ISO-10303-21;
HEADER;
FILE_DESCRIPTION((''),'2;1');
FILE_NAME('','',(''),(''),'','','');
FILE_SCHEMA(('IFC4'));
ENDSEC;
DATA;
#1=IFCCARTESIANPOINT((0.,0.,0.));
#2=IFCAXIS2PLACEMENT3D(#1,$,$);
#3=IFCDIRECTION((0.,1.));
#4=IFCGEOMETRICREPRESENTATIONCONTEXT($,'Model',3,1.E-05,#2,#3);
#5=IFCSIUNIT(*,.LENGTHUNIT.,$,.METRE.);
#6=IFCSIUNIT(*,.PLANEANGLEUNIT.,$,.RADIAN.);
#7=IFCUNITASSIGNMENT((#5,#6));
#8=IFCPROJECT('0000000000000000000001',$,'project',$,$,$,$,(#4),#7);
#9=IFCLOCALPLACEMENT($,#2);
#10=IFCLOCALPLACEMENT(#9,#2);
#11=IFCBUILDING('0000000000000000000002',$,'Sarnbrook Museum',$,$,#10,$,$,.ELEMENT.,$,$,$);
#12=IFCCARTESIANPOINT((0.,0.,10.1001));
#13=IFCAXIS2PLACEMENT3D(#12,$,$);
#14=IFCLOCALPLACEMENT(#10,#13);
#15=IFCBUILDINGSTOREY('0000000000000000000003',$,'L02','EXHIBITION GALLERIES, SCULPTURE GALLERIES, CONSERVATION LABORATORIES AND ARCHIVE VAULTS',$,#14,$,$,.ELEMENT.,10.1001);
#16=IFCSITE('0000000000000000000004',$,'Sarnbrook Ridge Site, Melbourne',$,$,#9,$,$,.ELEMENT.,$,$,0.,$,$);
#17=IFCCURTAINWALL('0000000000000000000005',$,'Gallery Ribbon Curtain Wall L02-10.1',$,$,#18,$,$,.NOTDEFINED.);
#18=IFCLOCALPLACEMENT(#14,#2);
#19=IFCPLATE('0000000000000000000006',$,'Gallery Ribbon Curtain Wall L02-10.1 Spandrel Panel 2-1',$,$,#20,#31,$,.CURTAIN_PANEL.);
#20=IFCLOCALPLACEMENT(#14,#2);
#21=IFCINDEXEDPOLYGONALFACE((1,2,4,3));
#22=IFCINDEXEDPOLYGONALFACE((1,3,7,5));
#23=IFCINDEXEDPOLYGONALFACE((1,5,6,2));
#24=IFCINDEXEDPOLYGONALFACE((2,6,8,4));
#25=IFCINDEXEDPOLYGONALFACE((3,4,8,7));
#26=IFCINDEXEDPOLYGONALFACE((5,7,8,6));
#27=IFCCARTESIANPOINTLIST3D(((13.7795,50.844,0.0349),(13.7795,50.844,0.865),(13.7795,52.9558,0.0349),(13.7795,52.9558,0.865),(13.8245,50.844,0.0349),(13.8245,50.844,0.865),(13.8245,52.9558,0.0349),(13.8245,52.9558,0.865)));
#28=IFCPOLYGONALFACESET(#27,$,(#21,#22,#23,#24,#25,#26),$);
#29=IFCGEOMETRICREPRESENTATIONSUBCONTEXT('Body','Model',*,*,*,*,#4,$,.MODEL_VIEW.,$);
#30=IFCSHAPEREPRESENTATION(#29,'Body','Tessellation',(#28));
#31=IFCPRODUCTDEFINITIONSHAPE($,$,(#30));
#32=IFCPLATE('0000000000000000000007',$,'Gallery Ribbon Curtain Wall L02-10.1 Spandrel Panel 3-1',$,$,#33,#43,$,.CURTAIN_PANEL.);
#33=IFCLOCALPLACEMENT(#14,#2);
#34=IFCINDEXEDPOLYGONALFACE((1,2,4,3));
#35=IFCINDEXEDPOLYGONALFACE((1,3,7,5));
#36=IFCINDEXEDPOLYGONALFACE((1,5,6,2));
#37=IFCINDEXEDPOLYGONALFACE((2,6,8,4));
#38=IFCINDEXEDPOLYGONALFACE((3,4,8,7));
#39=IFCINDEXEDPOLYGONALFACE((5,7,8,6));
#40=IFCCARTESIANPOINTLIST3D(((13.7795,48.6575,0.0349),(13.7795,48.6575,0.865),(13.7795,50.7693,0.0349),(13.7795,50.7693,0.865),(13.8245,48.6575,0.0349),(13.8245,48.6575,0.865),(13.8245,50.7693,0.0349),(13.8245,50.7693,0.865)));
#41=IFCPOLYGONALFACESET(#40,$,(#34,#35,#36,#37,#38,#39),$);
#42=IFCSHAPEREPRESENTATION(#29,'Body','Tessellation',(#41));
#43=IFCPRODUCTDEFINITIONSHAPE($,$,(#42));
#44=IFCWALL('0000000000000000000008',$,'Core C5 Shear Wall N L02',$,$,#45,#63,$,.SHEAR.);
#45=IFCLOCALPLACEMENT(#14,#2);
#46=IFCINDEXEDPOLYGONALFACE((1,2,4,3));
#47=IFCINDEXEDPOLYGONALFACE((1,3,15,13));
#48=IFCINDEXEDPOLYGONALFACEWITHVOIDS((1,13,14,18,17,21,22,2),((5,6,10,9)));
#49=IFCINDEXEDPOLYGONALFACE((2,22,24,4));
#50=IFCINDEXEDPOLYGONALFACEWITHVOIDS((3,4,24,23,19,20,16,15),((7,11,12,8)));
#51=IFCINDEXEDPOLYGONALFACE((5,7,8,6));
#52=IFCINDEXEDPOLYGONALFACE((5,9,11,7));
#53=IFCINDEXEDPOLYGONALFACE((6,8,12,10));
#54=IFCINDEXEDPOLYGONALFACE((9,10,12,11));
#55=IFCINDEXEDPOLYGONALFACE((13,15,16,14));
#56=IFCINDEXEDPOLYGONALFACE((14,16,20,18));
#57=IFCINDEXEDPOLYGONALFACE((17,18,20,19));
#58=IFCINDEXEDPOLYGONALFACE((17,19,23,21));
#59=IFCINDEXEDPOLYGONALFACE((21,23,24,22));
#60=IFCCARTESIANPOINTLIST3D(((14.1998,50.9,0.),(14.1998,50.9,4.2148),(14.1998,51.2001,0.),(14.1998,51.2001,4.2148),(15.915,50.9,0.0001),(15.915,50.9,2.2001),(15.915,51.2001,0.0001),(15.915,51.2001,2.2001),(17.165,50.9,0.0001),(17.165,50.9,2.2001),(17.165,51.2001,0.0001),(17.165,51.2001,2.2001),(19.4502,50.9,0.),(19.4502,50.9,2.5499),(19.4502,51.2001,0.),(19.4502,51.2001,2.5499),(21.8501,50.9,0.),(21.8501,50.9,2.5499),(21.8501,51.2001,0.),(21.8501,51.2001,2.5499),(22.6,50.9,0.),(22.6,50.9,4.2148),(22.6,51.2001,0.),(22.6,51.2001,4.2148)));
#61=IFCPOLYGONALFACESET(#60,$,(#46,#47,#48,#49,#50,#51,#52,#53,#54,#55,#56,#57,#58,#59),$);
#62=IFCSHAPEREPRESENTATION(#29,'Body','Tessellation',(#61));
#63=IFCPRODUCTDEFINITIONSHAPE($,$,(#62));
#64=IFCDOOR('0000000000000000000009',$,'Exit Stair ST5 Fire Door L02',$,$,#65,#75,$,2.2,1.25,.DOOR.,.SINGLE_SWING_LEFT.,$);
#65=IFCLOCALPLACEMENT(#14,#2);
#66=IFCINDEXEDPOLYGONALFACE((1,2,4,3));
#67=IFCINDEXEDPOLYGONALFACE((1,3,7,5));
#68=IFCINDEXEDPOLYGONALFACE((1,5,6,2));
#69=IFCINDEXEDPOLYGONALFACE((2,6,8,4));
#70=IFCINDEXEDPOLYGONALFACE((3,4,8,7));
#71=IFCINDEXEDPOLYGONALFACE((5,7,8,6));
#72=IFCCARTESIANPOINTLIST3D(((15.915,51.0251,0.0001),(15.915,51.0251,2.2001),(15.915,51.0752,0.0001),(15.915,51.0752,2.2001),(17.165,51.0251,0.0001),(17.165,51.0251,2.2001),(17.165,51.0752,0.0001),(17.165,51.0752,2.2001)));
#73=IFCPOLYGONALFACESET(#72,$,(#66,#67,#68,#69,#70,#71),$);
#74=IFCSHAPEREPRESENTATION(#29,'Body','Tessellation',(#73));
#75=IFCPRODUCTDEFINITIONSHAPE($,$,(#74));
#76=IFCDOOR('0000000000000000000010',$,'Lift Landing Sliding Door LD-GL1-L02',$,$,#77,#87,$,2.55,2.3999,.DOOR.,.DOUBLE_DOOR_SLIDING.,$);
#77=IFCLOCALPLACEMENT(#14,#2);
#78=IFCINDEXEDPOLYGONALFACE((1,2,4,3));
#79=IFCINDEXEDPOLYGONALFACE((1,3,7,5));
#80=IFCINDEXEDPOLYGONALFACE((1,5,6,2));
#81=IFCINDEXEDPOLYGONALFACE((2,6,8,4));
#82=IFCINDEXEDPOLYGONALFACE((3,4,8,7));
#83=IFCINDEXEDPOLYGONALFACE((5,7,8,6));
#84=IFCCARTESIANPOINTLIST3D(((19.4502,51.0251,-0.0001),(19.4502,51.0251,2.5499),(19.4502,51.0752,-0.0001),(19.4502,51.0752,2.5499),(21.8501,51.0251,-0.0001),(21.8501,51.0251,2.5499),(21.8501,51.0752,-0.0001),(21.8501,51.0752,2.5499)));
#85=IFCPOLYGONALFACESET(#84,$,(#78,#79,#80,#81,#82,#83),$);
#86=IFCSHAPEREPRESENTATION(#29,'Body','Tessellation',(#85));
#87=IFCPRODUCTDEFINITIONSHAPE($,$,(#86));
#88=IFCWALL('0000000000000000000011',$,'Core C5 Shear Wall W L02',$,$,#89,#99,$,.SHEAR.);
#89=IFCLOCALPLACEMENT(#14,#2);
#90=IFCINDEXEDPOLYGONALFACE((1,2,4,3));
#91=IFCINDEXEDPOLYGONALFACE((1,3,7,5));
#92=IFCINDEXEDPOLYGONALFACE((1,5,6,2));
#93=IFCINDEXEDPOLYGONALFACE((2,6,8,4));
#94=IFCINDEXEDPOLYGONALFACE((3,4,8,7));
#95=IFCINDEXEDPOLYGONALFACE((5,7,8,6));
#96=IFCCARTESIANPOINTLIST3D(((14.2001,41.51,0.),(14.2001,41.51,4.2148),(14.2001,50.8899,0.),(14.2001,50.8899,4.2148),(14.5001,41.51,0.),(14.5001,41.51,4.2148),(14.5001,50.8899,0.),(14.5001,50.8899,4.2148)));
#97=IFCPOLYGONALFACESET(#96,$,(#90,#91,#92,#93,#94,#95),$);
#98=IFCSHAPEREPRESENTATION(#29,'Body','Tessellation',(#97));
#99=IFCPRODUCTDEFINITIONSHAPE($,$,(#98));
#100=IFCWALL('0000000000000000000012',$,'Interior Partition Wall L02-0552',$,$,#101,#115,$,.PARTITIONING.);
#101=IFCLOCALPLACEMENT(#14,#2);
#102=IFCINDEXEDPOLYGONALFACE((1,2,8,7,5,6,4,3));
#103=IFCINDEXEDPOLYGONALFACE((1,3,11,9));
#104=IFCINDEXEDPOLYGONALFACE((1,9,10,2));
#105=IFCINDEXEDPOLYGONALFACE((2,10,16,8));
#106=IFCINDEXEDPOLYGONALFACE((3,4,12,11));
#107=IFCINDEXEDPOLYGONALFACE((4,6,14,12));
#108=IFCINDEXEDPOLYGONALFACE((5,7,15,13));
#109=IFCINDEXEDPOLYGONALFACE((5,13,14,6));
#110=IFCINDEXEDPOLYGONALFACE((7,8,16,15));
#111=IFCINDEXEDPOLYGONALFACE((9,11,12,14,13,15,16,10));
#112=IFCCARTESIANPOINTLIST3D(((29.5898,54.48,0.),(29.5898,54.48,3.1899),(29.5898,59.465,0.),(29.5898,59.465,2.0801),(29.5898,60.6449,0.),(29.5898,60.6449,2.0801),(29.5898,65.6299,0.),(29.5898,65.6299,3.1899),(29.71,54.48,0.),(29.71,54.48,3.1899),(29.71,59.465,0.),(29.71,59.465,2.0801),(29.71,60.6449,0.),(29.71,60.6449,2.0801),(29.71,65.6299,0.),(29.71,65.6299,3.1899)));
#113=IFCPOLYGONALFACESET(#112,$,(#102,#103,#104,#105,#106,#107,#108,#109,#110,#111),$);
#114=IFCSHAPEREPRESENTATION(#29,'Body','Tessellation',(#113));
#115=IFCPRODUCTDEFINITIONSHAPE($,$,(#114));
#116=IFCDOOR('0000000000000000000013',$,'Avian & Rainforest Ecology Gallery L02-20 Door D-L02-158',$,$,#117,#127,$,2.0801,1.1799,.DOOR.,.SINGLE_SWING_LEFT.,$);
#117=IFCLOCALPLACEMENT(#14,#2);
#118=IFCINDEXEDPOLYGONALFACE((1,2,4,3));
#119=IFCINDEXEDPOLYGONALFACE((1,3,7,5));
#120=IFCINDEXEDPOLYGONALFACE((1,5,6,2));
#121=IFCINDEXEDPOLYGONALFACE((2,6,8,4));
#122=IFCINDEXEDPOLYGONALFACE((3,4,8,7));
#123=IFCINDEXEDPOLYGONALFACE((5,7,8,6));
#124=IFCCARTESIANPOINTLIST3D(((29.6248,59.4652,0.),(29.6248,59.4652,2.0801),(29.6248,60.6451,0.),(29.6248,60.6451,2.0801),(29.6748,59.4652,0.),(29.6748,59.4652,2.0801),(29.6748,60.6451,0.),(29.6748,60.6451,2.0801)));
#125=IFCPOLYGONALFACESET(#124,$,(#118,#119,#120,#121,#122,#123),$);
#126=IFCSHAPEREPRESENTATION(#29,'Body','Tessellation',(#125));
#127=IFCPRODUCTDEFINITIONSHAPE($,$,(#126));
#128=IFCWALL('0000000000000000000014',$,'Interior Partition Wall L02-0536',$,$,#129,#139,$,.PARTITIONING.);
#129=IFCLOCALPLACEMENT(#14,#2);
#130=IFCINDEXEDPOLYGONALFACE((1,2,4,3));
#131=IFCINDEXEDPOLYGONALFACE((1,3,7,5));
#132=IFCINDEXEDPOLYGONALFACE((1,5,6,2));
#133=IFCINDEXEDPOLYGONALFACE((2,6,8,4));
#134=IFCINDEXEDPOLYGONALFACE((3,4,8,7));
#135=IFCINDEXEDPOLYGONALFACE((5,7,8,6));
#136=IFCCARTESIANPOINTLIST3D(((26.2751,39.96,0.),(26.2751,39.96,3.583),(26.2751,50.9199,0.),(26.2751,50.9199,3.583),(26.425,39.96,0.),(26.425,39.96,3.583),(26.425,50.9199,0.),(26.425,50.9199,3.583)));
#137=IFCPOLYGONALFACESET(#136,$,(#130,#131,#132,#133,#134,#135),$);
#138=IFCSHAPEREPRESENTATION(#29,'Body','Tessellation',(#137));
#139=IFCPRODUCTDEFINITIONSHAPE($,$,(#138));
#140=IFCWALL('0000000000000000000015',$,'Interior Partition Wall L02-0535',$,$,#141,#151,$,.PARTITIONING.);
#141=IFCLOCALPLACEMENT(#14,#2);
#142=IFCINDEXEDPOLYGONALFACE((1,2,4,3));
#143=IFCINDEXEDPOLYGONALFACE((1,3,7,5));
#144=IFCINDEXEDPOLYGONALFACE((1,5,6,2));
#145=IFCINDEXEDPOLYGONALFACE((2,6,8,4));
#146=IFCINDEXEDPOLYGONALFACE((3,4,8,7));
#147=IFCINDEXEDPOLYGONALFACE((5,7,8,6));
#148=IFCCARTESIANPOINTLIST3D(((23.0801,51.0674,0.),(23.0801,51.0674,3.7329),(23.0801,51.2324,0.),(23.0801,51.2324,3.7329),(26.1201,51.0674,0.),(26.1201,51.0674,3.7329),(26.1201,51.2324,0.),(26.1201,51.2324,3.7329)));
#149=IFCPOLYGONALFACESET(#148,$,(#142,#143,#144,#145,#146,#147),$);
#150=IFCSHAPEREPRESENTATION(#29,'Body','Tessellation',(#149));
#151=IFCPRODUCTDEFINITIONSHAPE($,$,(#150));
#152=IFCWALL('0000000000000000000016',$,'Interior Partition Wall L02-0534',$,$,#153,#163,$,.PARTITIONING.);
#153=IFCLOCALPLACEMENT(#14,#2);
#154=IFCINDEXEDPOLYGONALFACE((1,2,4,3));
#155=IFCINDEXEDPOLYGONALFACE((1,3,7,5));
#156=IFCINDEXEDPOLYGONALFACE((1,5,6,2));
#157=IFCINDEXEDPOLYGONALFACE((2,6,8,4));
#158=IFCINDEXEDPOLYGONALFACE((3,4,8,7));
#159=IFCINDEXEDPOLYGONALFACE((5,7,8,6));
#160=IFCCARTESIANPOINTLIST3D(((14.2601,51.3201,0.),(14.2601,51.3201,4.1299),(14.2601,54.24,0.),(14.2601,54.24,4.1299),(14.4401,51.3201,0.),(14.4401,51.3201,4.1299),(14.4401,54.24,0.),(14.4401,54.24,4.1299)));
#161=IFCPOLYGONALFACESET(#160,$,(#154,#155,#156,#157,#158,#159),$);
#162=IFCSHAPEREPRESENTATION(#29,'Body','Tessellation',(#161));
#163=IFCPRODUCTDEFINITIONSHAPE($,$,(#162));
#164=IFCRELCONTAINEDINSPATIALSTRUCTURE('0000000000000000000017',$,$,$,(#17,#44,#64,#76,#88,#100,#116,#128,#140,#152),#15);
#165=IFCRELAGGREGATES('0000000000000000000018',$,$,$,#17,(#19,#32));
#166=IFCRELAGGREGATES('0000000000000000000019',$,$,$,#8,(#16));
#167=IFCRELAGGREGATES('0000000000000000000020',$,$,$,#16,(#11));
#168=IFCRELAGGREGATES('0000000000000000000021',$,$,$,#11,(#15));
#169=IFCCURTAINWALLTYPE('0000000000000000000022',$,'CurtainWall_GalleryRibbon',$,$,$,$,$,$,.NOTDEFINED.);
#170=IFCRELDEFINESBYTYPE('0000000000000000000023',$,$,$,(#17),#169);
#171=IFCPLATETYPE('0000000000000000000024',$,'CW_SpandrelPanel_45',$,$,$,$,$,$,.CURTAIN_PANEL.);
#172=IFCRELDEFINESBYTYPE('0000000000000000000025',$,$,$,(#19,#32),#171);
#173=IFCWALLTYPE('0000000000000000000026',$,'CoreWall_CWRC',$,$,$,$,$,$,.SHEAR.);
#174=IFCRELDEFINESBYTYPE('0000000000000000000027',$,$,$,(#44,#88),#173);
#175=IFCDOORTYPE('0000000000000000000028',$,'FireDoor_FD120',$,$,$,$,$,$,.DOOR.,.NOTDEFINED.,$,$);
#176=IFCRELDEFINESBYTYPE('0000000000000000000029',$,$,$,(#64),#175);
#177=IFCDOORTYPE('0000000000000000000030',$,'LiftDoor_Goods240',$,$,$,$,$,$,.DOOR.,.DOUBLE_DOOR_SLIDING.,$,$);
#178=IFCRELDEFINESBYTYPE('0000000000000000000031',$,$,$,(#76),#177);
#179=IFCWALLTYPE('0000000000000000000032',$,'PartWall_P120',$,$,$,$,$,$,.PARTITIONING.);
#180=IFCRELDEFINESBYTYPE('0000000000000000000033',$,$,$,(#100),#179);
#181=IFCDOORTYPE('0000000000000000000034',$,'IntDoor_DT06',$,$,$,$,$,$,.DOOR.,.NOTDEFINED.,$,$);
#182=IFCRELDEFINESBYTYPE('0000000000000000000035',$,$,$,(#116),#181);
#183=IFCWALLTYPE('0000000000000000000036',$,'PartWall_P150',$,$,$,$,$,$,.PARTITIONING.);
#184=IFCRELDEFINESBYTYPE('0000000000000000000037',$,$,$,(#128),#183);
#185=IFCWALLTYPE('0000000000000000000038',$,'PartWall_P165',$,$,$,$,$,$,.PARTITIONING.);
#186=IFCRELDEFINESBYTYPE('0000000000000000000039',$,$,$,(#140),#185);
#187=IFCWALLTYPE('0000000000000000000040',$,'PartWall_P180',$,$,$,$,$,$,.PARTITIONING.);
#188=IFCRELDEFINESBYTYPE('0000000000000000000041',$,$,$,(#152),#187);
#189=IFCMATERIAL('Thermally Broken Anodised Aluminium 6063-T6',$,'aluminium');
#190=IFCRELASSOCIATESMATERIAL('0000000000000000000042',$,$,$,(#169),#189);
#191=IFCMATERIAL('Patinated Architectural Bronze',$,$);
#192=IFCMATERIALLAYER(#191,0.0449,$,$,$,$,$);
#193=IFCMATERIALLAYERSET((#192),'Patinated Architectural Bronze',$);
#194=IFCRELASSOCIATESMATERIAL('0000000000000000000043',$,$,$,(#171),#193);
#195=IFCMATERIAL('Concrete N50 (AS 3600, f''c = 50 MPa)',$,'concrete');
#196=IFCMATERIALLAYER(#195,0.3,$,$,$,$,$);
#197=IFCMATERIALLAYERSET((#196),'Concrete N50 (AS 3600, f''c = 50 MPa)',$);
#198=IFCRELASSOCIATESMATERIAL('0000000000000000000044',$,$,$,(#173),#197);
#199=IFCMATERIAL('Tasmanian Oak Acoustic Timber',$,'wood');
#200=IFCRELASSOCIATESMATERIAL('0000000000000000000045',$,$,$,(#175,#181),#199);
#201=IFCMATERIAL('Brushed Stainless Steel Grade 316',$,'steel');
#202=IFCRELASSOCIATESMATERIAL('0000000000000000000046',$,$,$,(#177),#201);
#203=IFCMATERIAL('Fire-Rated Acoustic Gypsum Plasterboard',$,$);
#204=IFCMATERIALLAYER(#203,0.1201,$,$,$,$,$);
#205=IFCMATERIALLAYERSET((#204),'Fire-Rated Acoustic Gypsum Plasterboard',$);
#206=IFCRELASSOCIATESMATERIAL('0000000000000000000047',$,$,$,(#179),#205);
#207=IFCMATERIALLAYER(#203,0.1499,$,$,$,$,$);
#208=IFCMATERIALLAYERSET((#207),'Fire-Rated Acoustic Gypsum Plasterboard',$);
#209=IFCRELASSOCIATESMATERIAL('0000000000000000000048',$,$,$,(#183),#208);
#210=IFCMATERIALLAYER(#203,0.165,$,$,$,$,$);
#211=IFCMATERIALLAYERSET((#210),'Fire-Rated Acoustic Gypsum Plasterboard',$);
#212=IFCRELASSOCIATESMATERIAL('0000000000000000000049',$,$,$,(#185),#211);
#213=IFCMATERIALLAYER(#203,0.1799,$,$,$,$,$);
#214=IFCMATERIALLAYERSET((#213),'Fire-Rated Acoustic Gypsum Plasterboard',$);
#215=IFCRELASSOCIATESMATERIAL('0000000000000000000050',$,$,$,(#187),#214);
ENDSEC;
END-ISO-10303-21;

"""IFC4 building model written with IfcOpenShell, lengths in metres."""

from ifc_helpers import new_model, si_unit, direction, frame, frame_2d, origin, origin_2d, place, context, subcontext, project, spatial, rectangle, extrude, material, layer, layer_set, type_object, element, fill, aggregate, save


model = new_model("IFC4")

# Units and contexts
model_context = context("Model", 3, precision=1e-05, world=origin(), true_north=direction((0.0, 1.0)))
body_context = subcontext(model_context, "Body", "Model", "MODEL_VIEW")
ifc_project = project(units=[si_unit("LENGTHUNIT", "METRE"), si_unit("PLANEANGLEUNIT", "RADIAN")], contexts=[model_context])

# Site, building, storey
site_placement = place(None, origin())
site = spatial("IfcSite", under=ifc_project, at=site_placement, Name="Sarnbrook Ridge Site, Melbourne", CompositionType="ELEMENT", RefElevation=0.0)
building_placement = place(site_placement, origin())
building = spatial("IfcBuilding", under=site, at=building_placement, Name="Sarnbrook Museum", CompositionType="ELEMENT")
storey_placement = place(building_placement, frame((0.0, 0.0, 10.1001)))
storey = spatial("IfcBuildingStorey", under=building, at=storey_placement, Name="L02", Description="EXHIBITION GALLERIES, SCULPTURE GALLERIES, CONSERVATION LABORATORIES AND ARCHIVE VAULTS", CompositionType="ELEMENT", Elevation=10.1001)

# Curtain wall, plates
ifc_material_1 = material(Name="Thermally Broken Anodised Aluminium 6063-T6", Category="aluminium")
curtain_wall_type = type_object("IfcCurtainWallType", Name="CurtainWall_GalleryRibbon", PredefinedType="NOTDEFINED", material=ifc_material_1)
curtain_wall_placement = place(storey_placement, origin())
curtain_wall = element("IfcCurtainWall", 1, at=curtain_wall_placement, inside=storey, type_object=curtain_wall_type, Name="Gallery Ribbon Curtain Wall L02-10.1", PredefinedType="NOTDEFINED")
ifc_material_2 = material(Name="Patinated Architectural Bronze")
ifc_layer_1 = layer(ifc_material_2, 0.0449)
ifc_layer_set_1 = layer_set([ifc_layer_1], Name="Patinated Architectural Bronze")
plate_type_1 = type_object("IfcPlateType", Name="CW_SpandrelPanel_45", PredefinedType="CURTAIN_PANEL", material=ifc_layer_set_1)
plate_1_placement = place(storey_placement, frame((13.8245, 51.8999, 0.45), z_axis=(-1.0, 0.0, 0.0), x_axis=(0.0, -1.0, 0.0)))
plate_1 = element("IfcPlate", 2, at=plate_1_placement, type_object=plate_type_1, Name="Gallery Ribbon Curtain Wall L02-10.1 Spandrel Panel 2-1", PredefinedType="CURTAIN_PANEL", context=body_context, shape_type="SweptSolid", body=[
    extrude(rectangle(XDim=2.1118, YDim=0.8301, at=origin_2d()), origin(), (0.0, 0.0, 1.0), 0.0449),
])
plate_2_placement = place(storey_placement, frame((13.8245, 49.7134, 0.45), z_axis=(-1.0, 0.0, 0.0), x_axis=(0.0, -1.0, 0.0)))
plate_2 = element("IfcPlate", 3, at=plate_2_placement, type_object=plate_type_1, Name="Gallery Ribbon Curtain Wall L02-10.1 Spandrel Panel 3-1", PredefinedType="CURTAIN_PANEL", context=body_context, shape_type="SweptSolid", body=[
    extrude(rectangle(XDim=2.1118, YDim=0.8301, at=origin_2d()), origin(), (0.0, 0.0, 1.0), 0.0449),
])
aggregate(curtain_wall, [plate_1, plate_2])

# Wall, openings, doors
ifc_material_3 = material(Name="Concrete N50 (AS 3600, f'c = 50 MPa)", Category="concrete")
ifc_layer_2 = layer(ifc_material_3, 0.3)
ifc_layer_set_2 = layer_set([ifc_layer_2], Name="Concrete N50 (AS 3600, f'c = 50 MPa)")
wall_type_1 = type_object("IfcWallType", Name="CoreWall_CWRC", PredefinedType="SHEAR", material=ifc_layer_set_2)
wall_1_placement = place(storey_placement, frame((22.6001, 51.05, 0.0), z_axis=(0.0, 0.0, 1.0), x_axis=(-1.0, 0.0, 0.0)))
wall_1 = element("IfcWall", 4, at=wall_1_placement, inside=storey, type_object=wall_type_1, Name="Core C5 Shear Wall N L02", PredefinedType="SHEAR", context=body_context, shape_type="SweptSolid", body=[
    extrude(rectangle(XDim=8.4001, YDim=0.3, at=frame_2d((4.2002, 0.0))), origin(), (0.0, 0.0, 1.0), 4.2148),
])
opening_1_placement = place(wall_1_placement, frame((5.4351, 0.0, 0.0)))
opening_1 = element("IfcOpeningElement", 5, at=opening_1_placement, cuts=wall_1, PredefinedType="OPENING", context=body_context, shape_type="SweptSolid", body=[
    extrude(rectangle(XDim=1.25, YDim=2.2, at=frame_2d((0.625, 1.1001))), frame((0.0, 0.1602, 0.0), z_axis=(0.0, -1.0, 0.0), x_axis=(1.0, 0.0, 0.0)), (0.0, 0.0, 1.0), 0.3201),
])
opening_2_placement = place(wall_1_placement, frame((0.75, 0.0, 0.0)))
opening_2 = element("IfcOpeningElement", 6, at=opening_2_placement, cuts=wall_1, PredefinedType="OPENING", context=body_context, shape_type="SweptSolid", body=[
    extrude(rectangle(XDim=2.3999, YDim=2.55, at=frame_2d((1.2, 1.2749))), frame((0.0, 0.1602, 0.0), z_axis=(0.0, -1.0, 0.0), x_axis=(1.0, 0.0, 0.0)), (0.0, 0.0, 1.0), 0.3201),
])
ifc_material_4 = material(Name="Tasmanian Oak Acoustic Timber", Category="wood")
door_type_1 = type_object("IfcDoorType", Name="FireDoor_FD120", OperationType="NOTDEFINED", PredefinedType="DOOR", material=ifc_material_4)
door_1_placement = place(opening_1_placement, origin())
door_1 = element("IfcDoor", 7, at=door_1_placement, inside=storey, type_object=door_type_1, Name="Exit Stair ST5 Fire Door L02", OperationType="SINGLE_SWING_LEFT", OverallHeight=2.2, OverallWidth=1.25, PredefinedType="DOOR", context=body_context, shape_type="SweptSolid", body=[
    extrude(rectangle(XDim=1.25, YDim=2.2, at=frame_2d((0.625, 1.1001))), frame((0.0, 0.0249, 0.0), z_axis=(0.0, -1.0, 0.0), x_axis=(1.0, 0.0, 0.0)), (0.0, 0.0, 1.0), 0.05),
])
fill(opening_1, door_1)
ifc_material_5 = material(Name="Brushed Stainless Steel Grade 316", Category="steel")
door_type_2 = type_object("IfcDoorType", Name="LiftDoor_Goods240", OperationType="DOUBLE_DOOR_SLIDING", PredefinedType="DOOR", material=ifc_material_5)
door_2_placement = place(opening_2_placement, origin())
door_2 = element("IfcDoor", 8, at=door_2_placement, inside=storey, type_object=door_type_2, Name="Lift Landing Sliding Door LD-GL1-L02", OperationType="DOUBLE_DOOR_SLIDING", OverallHeight=2.55, OverallWidth=2.3999, PredefinedType="DOOR", context=body_context, shape_type="SweptSolid", body=[
    extrude(rectangle(XDim=2.3999, YDim=2.55, at=frame_2d((1.2, 1.2749))), frame((0.0, 0.0249, 0.0), z_axis=(0.0, -1.0, 0.0), x_axis=(1.0, 0.0, 0.0)), (0.0, 0.0, 1.0), 0.05),
])
fill(opening_2, door_2)

# Wall
wall_2_placement = place(storey_placement, frame((14.3501, 50.8899, 0.0), z_axis=(0.0, 0.0, 1.0), x_axis=(0.0, -1.0, 0.0)))
element("IfcWall", 9, at=wall_2_placement, inside=storey, type_object=wall_type_1, Name="Core C5 Shear Wall W L02", PredefinedType="SHEAR", context=body_context, shape_type="SweptSolid", body=[
    extrude(rectangle(XDim=9.3799, YDim=0.3, at=frame_2d((4.6899, 0.0))), origin(), (0.0, 0.0, 1.0), 4.2148),
])

# Wall, opening, door
ifc_material_6 = material(Name="Fire-Rated Acoustic Gypsum Plasterboard")
ifc_layer_3 = layer(ifc_material_6, 0.1201)
ifc_layer_set_3 = layer_set([ifc_layer_3], Name="Fire-Rated Acoustic Gypsum Plasterboard")
wall_type_2 = type_object("IfcWallType", Name="PartWall_P120", PredefinedType="PARTITIONING", material=ifc_layer_set_3)
wall_3_placement = place(storey_placement, frame((29.6499, 54.48, 0.0), z_axis=(0.0, 0.0, 1.0), x_axis=(0.0, 1.0, 0.0)))
wall_3 = element("IfcWall", 10, at=wall_3_placement, inside=storey, type_object=wall_type_2, Name="Interior Partition Wall L02-0552", PredefinedType="PARTITIONING", context=body_context, shape_type="SweptSolid", body=[
    extrude(rectangle(XDim=11.1499, YDim=0.1201, at=frame_2d((5.575, 0.0))), origin(), (0.0, 0.0, 1.0), 3.1899),
])
opening_3_placement = place(wall_3_placement, frame((4.9851, 0.0, 0.0)))
opening_3 = element("IfcOpeningElement", 11, at=opening_3_placement, cuts=wall_3, PredefinedType="OPENING", context=body_context, shape_type="SweptSolid", body=[
    extrude(rectangle(XDim=1.1799, YDim=2.0801, at=frame_2d((0.5898, 1.04))), frame((0.0, 0.0701, 0.0), z_axis=(0.0, -1.0, 0.0), x_axis=(1.0, 0.0, 0.0)), (0.0, 0.0, 1.0), 0.1401),
])
door_type_3 = type_object("IfcDoorType", Name="IntDoor_DT06", OperationType="NOTDEFINED", PredefinedType="DOOR", material=ifc_material_4)
door_3_placement = place(opening_3_placement, frame((1.1799, 0.0, 0.0), z_axis=(0.0, 0.0, 1.0), x_axis=(-1.0, 0.0, 0.0)))
door_3 = element("IfcDoor", 12, at=door_3_placement, inside=storey, type_object=door_type_3, Name="Avian & Rainforest Ecology Gallery L02-20 Door D-L02-158", OperationType="SINGLE_SWING_LEFT", OverallHeight=2.0801, OverallWidth=1.1799, PredefinedType="DOOR", context=body_context, shape_type="SweptSolid", body=[
    extrude(rectangle(XDim=1.1799, YDim=2.0801, at=frame_2d((0.5898, 1.04))), frame((0.0, 0.0249, 0.0), z_axis=(0.0, -1.0, 0.0), x_axis=(1.0, 0.0, 0.0)), (0.0, 0.0, 1.0), 0.05),
])
fill(opening_3, door_3)

# Walls
ifc_layer_4 = layer(ifc_material_6, 0.1499)
ifc_layer_set_4 = layer_set([ifc_layer_4], Name="Fire-Rated Acoustic Gypsum Plasterboard")
wall_type_3 = type_object("IfcWallType", Name="PartWall_P150", PredefinedType="PARTITIONING", material=ifc_layer_set_4)
wall_4_placement = place(storey_placement, frame((26.3501, 50.9199, 0.0), z_axis=(0.0, 0.0, 1.0), x_axis=(0.0, -1.0, 0.0)))
element("IfcWall", 13, at=wall_4_placement, inside=storey, type_object=wall_type_3, Name="Interior Partition Wall L02-0536", PredefinedType="PARTITIONING", context=body_context, shape_type="SweptSolid", body=[
    extrude(rectangle(XDim=10.96, YDim=0.1499, at=frame_2d((5.48, 0.0))), origin(), (0.0, 0.0, 1.0), 3.583),
])
ifc_layer_5 = layer(ifc_material_6, 0.165)
ifc_layer_set_5 = layer_set([ifc_layer_5], Name="Fire-Rated Acoustic Gypsum Plasterboard")
wall_type_4 = type_object("IfcWallType", Name="PartWall_P165", PredefinedType="PARTITIONING", material=ifc_layer_set_5)
wall_5_placement = place(storey_placement, frame((23.0801, 51.1499, 0.0), z_axis=(0.0, 0.0, 1.0), x_axis=(1.0, 0.0, 0.0)))
element("IfcWall", 14, at=wall_5_placement, inside=storey, type_object=wall_type_4, Name="Interior Partition Wall L02-0535", PredefinedType="PARTITIONING", context=body_context, shape_type="SweptSolid", body=[
    extrude(rectangle(XDim=3.04, YDim=0.165, at=frame_2d((1.52, 0.0))), origin(), (0.0, 0.0, 1.0), 3.7329),
])
ifc_layer_6 = layer(ifc_material_6, 0.1799)
ifc_layer_set_6 = layer_set([ifc_layer_6], Name="Fire-Rated Acoustic Gypsum Plasterboard")
wall_type_5 = type_object("IfcWallType", Name="PartWall_P180", PredefinedType="PARTITIONING", material=ifc_layer_set_6)
wall_6_placement = place(storey_placement, frame((14.3501, 54.24, 0.0), z_axis=(0.0, 0.0, 1.0), x_axis=(0.0, -1.0, 0.0)))
element("IfcWall", 15, at=wall_6_placement, inside=storey, type_object=wall_type_5, Name="Interior Partition Wall L02-0534", PredefinedType="PARTITIONING", context=body_context, shape_type="SweptSolid", body=[
    extrude(rectangle(XDim=2.9199, YDim=0.1799, at=frame_2d((1.46, 0.0))), origin(), (0.0, 0.0, 1.0), 4.1299),
])

save(model, "model.ifc")
